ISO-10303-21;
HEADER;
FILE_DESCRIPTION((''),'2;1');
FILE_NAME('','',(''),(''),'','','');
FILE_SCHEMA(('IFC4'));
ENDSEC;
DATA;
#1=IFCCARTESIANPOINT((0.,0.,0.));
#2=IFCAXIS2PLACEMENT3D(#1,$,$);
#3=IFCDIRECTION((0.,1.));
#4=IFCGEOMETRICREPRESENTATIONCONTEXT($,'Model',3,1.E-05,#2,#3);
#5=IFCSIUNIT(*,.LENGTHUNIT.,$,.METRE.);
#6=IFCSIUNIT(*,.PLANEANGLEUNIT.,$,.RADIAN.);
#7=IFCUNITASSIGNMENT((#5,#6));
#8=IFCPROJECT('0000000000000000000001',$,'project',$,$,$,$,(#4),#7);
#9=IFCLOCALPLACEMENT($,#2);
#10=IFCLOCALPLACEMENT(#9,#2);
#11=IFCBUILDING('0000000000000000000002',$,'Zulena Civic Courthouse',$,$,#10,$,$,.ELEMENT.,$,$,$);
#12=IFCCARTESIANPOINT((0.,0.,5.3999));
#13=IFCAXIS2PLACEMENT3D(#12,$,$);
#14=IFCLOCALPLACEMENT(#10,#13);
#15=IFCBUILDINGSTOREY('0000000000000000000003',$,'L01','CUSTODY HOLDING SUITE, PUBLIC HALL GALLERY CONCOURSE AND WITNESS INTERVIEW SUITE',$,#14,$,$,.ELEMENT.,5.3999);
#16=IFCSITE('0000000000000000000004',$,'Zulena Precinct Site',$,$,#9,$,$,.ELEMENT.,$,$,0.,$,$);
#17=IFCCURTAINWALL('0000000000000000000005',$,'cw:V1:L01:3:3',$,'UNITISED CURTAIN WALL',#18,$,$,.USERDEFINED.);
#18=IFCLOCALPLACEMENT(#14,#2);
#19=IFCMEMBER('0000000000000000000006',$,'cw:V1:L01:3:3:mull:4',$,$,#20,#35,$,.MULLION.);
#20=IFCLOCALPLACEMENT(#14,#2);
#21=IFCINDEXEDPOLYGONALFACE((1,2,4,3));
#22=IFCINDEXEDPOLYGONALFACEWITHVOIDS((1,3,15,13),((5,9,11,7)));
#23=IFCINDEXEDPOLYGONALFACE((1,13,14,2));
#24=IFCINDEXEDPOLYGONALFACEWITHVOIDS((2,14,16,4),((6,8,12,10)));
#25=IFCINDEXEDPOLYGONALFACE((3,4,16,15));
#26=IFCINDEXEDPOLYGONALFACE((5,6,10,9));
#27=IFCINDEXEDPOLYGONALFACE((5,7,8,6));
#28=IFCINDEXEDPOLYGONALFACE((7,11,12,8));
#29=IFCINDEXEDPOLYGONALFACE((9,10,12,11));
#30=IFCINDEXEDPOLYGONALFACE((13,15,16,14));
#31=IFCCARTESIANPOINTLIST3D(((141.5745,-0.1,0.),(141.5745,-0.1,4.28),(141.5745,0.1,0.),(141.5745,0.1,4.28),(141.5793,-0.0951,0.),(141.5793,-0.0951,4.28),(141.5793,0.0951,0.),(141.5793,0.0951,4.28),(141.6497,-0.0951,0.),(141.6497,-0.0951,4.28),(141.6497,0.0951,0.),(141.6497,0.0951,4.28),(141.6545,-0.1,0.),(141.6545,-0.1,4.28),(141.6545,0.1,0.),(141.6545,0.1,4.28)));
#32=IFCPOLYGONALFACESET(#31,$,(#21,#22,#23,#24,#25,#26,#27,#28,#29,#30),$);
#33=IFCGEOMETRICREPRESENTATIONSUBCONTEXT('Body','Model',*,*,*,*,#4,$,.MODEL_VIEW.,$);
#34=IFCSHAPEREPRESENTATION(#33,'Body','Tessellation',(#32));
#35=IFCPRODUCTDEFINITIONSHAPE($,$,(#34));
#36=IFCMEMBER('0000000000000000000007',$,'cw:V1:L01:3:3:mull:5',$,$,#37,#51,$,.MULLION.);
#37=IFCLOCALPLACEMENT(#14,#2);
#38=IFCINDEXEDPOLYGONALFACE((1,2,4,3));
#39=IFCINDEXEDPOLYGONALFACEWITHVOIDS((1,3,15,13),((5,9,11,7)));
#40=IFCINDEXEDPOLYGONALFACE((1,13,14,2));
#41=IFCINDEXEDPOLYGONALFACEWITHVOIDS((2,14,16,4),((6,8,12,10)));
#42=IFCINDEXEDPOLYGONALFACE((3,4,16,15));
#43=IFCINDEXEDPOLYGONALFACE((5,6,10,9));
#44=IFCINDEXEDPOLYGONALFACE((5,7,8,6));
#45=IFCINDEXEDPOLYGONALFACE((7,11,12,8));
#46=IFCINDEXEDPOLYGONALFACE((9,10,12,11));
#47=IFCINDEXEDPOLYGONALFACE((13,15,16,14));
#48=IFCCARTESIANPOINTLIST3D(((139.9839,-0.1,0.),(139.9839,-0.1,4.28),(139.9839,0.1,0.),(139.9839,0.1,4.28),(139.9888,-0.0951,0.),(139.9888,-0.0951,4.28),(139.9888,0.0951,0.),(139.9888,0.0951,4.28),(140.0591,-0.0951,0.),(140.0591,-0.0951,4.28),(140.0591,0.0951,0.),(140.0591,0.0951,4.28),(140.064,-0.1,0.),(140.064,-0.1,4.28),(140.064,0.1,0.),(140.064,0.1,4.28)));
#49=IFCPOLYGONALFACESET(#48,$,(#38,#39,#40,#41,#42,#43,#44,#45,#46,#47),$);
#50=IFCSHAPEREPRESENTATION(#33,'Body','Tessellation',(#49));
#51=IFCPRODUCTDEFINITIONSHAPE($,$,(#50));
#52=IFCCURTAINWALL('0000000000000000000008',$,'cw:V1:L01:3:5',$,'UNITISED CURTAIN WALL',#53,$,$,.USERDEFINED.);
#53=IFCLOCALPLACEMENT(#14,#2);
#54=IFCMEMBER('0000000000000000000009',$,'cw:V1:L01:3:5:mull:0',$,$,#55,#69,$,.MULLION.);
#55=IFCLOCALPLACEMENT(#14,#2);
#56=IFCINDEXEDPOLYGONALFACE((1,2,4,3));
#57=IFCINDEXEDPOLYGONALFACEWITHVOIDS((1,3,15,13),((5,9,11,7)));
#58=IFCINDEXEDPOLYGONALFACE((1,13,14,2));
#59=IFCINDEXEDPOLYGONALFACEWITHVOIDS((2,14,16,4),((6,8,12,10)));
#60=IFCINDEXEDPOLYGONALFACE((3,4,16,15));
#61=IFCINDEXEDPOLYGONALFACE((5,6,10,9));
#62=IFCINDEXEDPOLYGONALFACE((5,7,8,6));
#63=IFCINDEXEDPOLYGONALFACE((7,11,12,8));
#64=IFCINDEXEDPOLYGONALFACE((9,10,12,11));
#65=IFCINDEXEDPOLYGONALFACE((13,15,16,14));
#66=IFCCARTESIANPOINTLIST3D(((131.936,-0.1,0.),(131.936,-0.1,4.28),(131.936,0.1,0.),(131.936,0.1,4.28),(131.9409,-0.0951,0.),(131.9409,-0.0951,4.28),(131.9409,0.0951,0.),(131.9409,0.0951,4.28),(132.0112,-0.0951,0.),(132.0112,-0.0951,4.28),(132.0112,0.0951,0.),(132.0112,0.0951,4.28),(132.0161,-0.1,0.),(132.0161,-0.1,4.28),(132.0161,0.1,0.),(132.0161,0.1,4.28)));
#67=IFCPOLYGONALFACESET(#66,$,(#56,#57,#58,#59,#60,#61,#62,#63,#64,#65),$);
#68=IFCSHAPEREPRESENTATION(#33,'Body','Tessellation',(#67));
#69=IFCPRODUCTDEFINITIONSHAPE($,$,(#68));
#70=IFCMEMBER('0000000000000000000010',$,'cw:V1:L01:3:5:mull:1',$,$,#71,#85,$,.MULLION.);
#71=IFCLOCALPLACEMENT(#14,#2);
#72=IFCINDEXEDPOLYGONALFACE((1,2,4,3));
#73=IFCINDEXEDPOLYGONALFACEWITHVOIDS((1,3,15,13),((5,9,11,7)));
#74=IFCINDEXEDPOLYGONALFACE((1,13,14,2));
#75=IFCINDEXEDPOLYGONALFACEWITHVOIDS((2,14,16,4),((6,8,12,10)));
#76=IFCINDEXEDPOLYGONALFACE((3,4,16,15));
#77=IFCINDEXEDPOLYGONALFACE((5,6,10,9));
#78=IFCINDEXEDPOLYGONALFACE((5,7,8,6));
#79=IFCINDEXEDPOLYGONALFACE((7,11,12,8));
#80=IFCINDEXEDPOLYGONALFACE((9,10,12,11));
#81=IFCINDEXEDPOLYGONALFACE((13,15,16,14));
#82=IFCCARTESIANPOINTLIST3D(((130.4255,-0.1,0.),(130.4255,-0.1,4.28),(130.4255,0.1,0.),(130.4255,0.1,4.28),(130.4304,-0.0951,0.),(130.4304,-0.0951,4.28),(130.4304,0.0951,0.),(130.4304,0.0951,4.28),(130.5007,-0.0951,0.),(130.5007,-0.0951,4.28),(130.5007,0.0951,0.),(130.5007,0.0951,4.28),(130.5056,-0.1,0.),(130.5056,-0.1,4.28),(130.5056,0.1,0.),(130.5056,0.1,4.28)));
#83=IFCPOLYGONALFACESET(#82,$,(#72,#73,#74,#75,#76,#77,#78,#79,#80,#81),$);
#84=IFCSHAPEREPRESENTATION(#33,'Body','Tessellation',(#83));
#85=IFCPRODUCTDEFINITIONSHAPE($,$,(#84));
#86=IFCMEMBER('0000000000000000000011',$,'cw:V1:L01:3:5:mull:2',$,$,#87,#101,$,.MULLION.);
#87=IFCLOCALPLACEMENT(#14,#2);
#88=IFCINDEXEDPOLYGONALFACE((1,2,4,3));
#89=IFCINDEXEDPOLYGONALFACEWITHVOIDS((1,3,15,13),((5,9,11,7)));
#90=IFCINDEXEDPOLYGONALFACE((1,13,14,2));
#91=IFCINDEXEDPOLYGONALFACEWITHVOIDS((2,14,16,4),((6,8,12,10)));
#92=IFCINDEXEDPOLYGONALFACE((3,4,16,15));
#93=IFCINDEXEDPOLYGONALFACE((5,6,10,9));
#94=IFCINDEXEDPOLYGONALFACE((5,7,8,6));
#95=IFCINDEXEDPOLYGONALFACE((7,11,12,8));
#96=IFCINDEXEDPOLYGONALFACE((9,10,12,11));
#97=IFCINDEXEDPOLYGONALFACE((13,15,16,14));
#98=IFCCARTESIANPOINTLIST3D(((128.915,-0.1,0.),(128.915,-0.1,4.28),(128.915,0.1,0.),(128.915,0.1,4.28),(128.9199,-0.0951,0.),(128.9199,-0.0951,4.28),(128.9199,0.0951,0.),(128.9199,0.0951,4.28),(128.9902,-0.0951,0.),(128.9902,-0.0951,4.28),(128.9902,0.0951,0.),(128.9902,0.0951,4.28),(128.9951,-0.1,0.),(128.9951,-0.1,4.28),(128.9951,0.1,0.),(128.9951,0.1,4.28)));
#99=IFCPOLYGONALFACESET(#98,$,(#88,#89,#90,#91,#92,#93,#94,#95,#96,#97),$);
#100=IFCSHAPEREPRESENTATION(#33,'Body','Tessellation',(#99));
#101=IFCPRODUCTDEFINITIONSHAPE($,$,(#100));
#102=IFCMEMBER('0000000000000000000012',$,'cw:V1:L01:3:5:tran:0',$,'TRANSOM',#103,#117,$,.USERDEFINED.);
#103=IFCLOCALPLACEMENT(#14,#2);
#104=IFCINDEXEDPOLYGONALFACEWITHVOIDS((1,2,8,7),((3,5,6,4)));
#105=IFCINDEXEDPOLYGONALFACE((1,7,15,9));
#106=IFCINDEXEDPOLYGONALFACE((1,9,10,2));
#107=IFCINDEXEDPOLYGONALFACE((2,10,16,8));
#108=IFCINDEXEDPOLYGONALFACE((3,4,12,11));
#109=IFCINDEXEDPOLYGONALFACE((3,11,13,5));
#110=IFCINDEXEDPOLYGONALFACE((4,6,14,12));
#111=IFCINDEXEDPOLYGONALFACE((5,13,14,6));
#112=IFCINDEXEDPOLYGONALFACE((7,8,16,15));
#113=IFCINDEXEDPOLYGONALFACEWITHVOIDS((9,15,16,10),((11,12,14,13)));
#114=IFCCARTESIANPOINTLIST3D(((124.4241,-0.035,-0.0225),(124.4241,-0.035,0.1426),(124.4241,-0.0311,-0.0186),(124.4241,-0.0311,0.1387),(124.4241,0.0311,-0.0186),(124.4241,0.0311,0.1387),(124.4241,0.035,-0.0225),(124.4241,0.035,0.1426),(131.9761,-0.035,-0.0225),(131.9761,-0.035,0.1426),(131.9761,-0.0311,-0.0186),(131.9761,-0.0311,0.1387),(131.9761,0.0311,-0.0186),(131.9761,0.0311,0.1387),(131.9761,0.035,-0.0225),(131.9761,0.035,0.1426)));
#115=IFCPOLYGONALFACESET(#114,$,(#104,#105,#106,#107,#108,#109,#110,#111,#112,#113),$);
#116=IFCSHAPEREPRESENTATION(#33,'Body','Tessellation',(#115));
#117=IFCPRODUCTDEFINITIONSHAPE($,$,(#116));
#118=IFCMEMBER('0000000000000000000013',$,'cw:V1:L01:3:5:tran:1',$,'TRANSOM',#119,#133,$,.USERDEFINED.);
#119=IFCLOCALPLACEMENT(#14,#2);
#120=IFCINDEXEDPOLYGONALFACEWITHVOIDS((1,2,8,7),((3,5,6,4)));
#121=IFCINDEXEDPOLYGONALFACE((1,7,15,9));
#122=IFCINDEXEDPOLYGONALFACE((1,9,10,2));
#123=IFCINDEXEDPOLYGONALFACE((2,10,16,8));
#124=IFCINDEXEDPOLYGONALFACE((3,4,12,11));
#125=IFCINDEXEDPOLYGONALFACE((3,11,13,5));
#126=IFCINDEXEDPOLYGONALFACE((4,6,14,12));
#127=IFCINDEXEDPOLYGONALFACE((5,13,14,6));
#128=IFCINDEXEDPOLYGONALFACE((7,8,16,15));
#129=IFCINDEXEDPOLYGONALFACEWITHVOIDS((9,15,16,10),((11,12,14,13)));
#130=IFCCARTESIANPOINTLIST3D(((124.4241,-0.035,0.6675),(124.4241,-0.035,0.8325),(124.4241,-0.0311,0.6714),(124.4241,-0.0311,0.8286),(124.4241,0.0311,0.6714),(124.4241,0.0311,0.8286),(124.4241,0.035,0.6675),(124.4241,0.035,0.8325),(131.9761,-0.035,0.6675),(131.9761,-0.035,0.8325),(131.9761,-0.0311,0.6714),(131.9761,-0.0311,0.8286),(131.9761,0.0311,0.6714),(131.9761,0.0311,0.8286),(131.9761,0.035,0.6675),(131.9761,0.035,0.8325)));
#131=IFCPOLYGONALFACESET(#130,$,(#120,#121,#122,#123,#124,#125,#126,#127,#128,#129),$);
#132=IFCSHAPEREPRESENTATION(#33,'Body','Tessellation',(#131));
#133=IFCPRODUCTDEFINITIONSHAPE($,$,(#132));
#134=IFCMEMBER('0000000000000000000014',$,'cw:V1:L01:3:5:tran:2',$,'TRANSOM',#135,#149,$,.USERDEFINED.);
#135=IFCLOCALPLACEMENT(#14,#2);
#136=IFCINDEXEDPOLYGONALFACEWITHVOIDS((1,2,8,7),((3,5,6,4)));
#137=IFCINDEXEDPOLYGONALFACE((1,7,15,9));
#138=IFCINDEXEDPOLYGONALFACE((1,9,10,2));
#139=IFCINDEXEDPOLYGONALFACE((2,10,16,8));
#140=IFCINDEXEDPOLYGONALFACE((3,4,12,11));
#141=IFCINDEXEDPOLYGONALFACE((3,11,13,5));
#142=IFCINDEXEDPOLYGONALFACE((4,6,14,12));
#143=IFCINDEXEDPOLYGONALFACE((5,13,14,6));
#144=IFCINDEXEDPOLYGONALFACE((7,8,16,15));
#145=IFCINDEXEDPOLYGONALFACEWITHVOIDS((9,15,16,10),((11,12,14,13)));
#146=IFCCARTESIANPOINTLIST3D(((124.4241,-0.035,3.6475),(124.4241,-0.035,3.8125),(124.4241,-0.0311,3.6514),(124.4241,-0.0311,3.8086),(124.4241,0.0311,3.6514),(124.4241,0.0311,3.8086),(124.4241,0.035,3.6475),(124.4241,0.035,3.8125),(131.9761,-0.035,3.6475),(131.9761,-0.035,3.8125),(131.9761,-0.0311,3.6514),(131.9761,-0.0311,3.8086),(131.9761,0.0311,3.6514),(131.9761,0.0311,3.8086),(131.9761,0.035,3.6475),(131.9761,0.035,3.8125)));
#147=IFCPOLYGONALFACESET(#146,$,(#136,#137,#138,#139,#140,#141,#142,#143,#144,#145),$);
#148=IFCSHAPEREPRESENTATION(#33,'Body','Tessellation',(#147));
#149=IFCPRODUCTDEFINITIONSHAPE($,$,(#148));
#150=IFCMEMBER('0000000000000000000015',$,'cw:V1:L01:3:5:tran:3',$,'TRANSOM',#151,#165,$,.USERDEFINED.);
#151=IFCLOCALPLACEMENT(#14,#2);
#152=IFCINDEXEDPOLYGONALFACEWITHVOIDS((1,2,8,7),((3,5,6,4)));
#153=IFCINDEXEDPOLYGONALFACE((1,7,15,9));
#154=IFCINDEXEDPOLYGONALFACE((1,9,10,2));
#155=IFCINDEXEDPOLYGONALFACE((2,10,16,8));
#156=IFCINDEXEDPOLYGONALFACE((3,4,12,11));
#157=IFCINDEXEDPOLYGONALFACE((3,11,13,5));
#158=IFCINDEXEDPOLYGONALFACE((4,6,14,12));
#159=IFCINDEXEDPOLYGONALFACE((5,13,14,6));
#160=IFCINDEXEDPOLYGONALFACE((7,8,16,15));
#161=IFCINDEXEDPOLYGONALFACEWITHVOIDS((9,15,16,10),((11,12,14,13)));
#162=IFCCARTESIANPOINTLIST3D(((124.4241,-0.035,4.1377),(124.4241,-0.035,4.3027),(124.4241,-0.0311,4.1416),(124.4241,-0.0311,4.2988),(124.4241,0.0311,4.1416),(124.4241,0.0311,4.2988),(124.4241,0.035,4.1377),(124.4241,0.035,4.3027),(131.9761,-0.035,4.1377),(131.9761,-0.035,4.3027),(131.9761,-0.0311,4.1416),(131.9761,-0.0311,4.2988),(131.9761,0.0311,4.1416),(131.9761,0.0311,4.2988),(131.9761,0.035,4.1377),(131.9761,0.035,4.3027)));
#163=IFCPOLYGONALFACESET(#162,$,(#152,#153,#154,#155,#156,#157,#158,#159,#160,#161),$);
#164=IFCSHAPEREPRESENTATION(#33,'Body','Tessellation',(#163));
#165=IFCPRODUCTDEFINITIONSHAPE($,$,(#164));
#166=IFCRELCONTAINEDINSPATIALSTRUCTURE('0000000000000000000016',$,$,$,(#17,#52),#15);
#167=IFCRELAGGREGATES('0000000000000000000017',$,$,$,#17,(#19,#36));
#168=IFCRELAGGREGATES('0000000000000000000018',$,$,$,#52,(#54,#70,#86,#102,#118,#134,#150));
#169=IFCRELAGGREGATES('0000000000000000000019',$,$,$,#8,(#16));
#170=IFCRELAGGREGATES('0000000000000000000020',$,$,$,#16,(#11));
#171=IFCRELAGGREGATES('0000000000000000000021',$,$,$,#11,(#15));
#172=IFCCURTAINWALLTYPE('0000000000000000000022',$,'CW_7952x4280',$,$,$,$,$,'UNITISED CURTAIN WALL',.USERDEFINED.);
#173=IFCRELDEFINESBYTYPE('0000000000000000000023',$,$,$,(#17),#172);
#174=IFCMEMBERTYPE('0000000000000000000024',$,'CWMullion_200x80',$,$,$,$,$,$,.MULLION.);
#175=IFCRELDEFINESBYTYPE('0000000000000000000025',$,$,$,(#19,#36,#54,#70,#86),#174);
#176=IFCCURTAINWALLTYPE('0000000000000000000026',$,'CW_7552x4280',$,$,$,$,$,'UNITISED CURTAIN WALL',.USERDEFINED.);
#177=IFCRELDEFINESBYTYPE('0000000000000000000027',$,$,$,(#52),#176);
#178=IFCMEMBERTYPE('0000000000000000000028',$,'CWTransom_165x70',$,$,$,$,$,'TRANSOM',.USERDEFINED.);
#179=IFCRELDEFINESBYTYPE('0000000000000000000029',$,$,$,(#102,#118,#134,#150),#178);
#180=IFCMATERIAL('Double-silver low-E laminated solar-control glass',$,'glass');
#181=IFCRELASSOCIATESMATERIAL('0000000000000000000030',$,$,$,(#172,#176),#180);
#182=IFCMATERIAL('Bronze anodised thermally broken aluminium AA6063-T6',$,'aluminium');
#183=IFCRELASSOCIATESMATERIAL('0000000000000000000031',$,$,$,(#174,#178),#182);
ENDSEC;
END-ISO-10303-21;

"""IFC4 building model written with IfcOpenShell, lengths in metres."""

from ifc_helpers import new_model, si_unit, direction, frame, origin, origin_2d, place, context, subcontext, project, spatial, hollow_rectangle, extrude, material, material_profile, profile_set, type_object, element, aggregate, save


model = new_model("IFC4")

# Units and contexts
model_context = context("Model", 3, precision=1e-05, world=origin(), true_north=direction((0.0, 1.0)))
body_context = subcontext(model_context, "Body", "Model", "MODEL_VIEW")
ifc_project = project(units=[si_unit("LENGTHUNIT", "METRE"), si_unit("PLANEANGLEUNIT", "RADIAN")], contexts=[model_context])

# Site, building, storey
site_placement = place(None, origin())
site = spatial("IfcSite", under=ifc_project, at=site_placement, Name="Zulena Precinct Site", CompositionType="ELEMENT", RefElevation=0.0)
building_placement = place(site_placement, origin())
building = spatial("IfcBuilding", under=site, at=building_placement, Name="Zulena Civic Courthouse", CompositionType="ELEMENT")
storey_placement = place(building_placement, frame((0.0, 0.0, 5.3999)))
storey = spatial("IfcBuildingStorey", under=building, at=storey_placement, Name="L01", Description="CUSTODY HOLDING SUITE, PUBLIC HALL GALLERY CONCOURSE AND WITNESS INTERVIEW SUITE", CompositionType="ELEMENT", Elevation=5.3999)

# Curtain walls, members
ifc_material_1 = material(Name="Double-silver low-E laminated solar-control glass", Category="glass")
curtain_wall_type_1 = type_object("IfcCurtainWallType", Name="CW_7952x4280", ElementType="UNITISED CURTAIN WALL", PredefinedType="USERDEFINED", material=ifc_material_1)
curtain_wall_1_placement = place(storey_placement, origin())
curtain_wall_1 = element("IfcCurtainWall", 1, at=curtain_wall_1_placement, inside=storey, type_object=curtain_wall_type_1, Name="cw:V1:L01:3:3", ObjectType="UNITISED CURTAIN WALL", PredefinedType="USERDEFINED")
ifc_material_2 = material(Name="Bronze anodised thermally broken aluminium AA6063-T6", Category="aluminium")
ifc_material_profile_1 = material_profile(ifc_material_2, hollow_rectangle(XDim=0.0801, YDim=0.2, WallThickness=0.0049, at=origin_2d()), Name="CWM200X80X5")
ifc_profile_set_1 = profile_set([ifc_material_profile_1], Name="Bronze anodised thermally broken aluminium AA6063-T6")
member_type_1 = type_object("IfcMemberType", Name="CWMullion_200x80", PredefinedType="MULLION", material=ifc_profile_set_1)
member_1_placement = place(storey_placement, frame((141.6145, 0.0, 0.0), z_axis=(0.0, 0.0, 1.0), x_axis=(1.0, 0.0, 0.0)))
member_1 = element("IfcMember", 2, at=member_1_placement, type_object=member_type_1, Name="cw:V1:L01:3:3:mull:4", PredefinedType="MULLION", context=body_context, shape_type="SweptSolid", body=[
    extrude(hollow_rectangle(XDim=0.0801, YDim=0.2, WallThickness=0.0049, at=origin_2d()), origin(), (0.0, 0.0, 1.0), 4.28),
])
member_2_placement = place(storey_placement, frame((140.0239, 0.0, 0.0), z_axis=(0.0, 0.0, 1.0), x_axis=(1.0, 0.0, 0.0)))
member_2 = element("IfcMember", 3, at=member_2_placement, type_object=member_type_1, Name="cw:V1:L01:3:3:mull:5", PredefinedType="MULLION", context=body_context, shape_type="SweptSolid", body=[
    extrude(hollow_rectangle(XDim=0.0801, YDim=0.2, WallThickness=0.0049, at=origin_2d()), origin(), (0.0, 0.0, 1.0), 4.28),
])
curtain_wall_type_2 = type_object("IfcCurtainWallType", Name="CW_7552x4280", ElementType="UNITISED CURTAIN WALL", PredefinedType="USERDEFINED", material=ifc_material_1)
curtain_wall_2_placement = place(storey_placement, origin())
curtain_wall_2 = element("IfcCurtainWall", 4, at=curtain_wall_2_placement, inside=storey, type_object=curtain_wall_type_2, Name="cw:V1:L01:3:5", ObjectType="UNITISED CURTAIN WALL", PredefinedType="USERDEFINED")
member_3_placement = place(storey_placement, frame((131.9761, 0.0, 0.0), z_axis=(0.0, 0.0, 1.0), x_axis=(1.0, 0.0, 0.0)))
member_3 = element("IfcMember", 5, at=member_3_placement, type_object=member_type_1, Name="cw:V1:L01:3:5:mull:0", PredefinedType="MULLION", context=body_context, shape_type="SweptSolid", body=[
    extrude(hollow_rectangle(XDim=0.0801, YDim=0.2, WallThickness=0.0049, at=origin_2d()), origin(), (0.0, 0.0, 1.0), 4.28),
])
member_4_placement = place(storey_placement, frame((130.4656, 0.0, 0.0), z_axis=(0.0, 0.0, 1.0), x_axis=(1.0, 0.0, 0.0)))
member_4 = element("IfcMember", 6, at=member_4_placement, type_object=member_type_1, Name="cw:V1:L01:3:5:mull:1", PredefinedType="MULLION", context=body_context, shape_type="SweptSolid", body=[
    extrude(hollow_rectangle(XDim=0.0801, YDim=0.2, WallThickness=0.0049, at=origin_2d()), origin(), (0.0, 0.0, 1.0), 4.28),
])
member_5_placement = place(storey_placement, frame((128.9551, 0.0, 0.0), z_axis=(0.0, 0.0, 1.0), x_axis=(1.0, 0.0, 0.0)))
member_5 = element("IfcMember", 7, at=member_5_placement, type_object=member_type_1, Name="cw:V1:L01:3:5:mull:2", PredefinedType="MULLION", context=body_context, shape_type="SweptSolid", body=[
    extrude(hollow_rectangle(XDim=0.0801, YDim=0.2, WallThickness=0.0049, at=origin_2d()), origin(), (0.0, 0.0, 1.0), 4.28),
])
ifc_material_profile_2 = material_profile(ifc_material_2, hollow_rectangle(XDim=0.0701, YDim=0.165, WallThickness=0.0039, at=origin_2d()), Name="CWT165X70X4")
ifc_profile_set_2 = profile_set([ifc_material_profile_2], Name="Bronze anodised thermally broken aluminium AA6063-T6")
member_type_2 = type_object("IfcMemberType", Name="CWTransom_165x70", ElementType="TRANSOM", PredefinedType="USERDEFINED", material=ifc_profile_set_2)
member_6_placement = place(storey_placement, frame((131.9761, 0.0, 0.0601), z_axis=(-1.0, 0.0, 0.0), x_axis=(0.0, -1.0, 0.0)))
member_6 = element("IfcMember", 8, at=member_6_placement, type_object=member_type_2, Name="cw:V1:L01:3:5:tran:0", ObjectType="TRANSOM", PredefinedType="USERDEFINED", context=body_context, shape_type="SweptSolid", body=[
    extrude(hollow_rectangle(XDim=0.0701, YDim=0.165, WallThickness=0.0039, at=origin_2d()), origin(), (0.0, 0.0, 1.0), 7.552),
])
member_7_placement = place(storey_placement, frame((131.9761, 0.0, 0.75), z_axis=(-1.0, 0.0, 0.0), x_axis=(0.0, -1.0, 0.0)))
member_7 = element("IfcMember", 9, at=member_7_placement, type_object=member_type_2, Name="cw:V1:L01:3:5:tran:1", ObjectType="TRANSOM", PredefinedType="USERDEFINED", context=body_context, shape_type="SweptSolid", body=[
    extrude(hollow_rectangle(XDim=0.0701, YDim=0.165, WallThickness=0.0039, at=origin_2d()), origin(), (0.0, 0.0, 1.0), 7.552),
])
member_8_placement = place(storey_placement, frame((131.9761, 0.0, 3.73), z_axis=(-1.0, 0.0, 0.0), x_axis=(0.0, -1.0, 0.0)))
member_8 = element("IfcMember", 10, at=member_8_placement, type_object=member_type_2, Name="cw:V1:L01:3:5:tran:2", ObjectType="TRANSOM", PredefinedType="USERDEFINED", context=body_context, shape_type="SweptSolid", body=[
    extrude(hollow_rectangle(XDim=0.0701, YDim=0.165, WallThickness=0.0039, at=origin_2d()), origin(), (0.0, 0.0, 1.0), 7.552),
])
member_9_placement = place(storey_placement, frame((131.9761, 0.0, 4.2202), z_axis=(-1.0, 0.0, 0.0), x_axis=(0.0, -1.0, 0.0)))
member_9 = element("IfcMember", 11, at=member_9_placement, type_object=member_type_2, Name="cw:V1:L01:3:5:tran:3", ObjectType="TRANSOM", PredefinedType="USERDEFINED", context=body_context, shape_type="SweptSolid", body=[
    extrude(hollow_rectangle(XDim=0.0701, YDim=0.165, WallThickness=0.0039, at=origin_2d()), origin(), (0.0, 0.0, 1.0), 7.552),
])

aggregate(curtain_wall_1, [member_1, member_2])
aggregate(curtain_wall_2, [member_3, member_4, member_5, member_6, member_7, member_8, member_9])

save(model, "model.ifc")
